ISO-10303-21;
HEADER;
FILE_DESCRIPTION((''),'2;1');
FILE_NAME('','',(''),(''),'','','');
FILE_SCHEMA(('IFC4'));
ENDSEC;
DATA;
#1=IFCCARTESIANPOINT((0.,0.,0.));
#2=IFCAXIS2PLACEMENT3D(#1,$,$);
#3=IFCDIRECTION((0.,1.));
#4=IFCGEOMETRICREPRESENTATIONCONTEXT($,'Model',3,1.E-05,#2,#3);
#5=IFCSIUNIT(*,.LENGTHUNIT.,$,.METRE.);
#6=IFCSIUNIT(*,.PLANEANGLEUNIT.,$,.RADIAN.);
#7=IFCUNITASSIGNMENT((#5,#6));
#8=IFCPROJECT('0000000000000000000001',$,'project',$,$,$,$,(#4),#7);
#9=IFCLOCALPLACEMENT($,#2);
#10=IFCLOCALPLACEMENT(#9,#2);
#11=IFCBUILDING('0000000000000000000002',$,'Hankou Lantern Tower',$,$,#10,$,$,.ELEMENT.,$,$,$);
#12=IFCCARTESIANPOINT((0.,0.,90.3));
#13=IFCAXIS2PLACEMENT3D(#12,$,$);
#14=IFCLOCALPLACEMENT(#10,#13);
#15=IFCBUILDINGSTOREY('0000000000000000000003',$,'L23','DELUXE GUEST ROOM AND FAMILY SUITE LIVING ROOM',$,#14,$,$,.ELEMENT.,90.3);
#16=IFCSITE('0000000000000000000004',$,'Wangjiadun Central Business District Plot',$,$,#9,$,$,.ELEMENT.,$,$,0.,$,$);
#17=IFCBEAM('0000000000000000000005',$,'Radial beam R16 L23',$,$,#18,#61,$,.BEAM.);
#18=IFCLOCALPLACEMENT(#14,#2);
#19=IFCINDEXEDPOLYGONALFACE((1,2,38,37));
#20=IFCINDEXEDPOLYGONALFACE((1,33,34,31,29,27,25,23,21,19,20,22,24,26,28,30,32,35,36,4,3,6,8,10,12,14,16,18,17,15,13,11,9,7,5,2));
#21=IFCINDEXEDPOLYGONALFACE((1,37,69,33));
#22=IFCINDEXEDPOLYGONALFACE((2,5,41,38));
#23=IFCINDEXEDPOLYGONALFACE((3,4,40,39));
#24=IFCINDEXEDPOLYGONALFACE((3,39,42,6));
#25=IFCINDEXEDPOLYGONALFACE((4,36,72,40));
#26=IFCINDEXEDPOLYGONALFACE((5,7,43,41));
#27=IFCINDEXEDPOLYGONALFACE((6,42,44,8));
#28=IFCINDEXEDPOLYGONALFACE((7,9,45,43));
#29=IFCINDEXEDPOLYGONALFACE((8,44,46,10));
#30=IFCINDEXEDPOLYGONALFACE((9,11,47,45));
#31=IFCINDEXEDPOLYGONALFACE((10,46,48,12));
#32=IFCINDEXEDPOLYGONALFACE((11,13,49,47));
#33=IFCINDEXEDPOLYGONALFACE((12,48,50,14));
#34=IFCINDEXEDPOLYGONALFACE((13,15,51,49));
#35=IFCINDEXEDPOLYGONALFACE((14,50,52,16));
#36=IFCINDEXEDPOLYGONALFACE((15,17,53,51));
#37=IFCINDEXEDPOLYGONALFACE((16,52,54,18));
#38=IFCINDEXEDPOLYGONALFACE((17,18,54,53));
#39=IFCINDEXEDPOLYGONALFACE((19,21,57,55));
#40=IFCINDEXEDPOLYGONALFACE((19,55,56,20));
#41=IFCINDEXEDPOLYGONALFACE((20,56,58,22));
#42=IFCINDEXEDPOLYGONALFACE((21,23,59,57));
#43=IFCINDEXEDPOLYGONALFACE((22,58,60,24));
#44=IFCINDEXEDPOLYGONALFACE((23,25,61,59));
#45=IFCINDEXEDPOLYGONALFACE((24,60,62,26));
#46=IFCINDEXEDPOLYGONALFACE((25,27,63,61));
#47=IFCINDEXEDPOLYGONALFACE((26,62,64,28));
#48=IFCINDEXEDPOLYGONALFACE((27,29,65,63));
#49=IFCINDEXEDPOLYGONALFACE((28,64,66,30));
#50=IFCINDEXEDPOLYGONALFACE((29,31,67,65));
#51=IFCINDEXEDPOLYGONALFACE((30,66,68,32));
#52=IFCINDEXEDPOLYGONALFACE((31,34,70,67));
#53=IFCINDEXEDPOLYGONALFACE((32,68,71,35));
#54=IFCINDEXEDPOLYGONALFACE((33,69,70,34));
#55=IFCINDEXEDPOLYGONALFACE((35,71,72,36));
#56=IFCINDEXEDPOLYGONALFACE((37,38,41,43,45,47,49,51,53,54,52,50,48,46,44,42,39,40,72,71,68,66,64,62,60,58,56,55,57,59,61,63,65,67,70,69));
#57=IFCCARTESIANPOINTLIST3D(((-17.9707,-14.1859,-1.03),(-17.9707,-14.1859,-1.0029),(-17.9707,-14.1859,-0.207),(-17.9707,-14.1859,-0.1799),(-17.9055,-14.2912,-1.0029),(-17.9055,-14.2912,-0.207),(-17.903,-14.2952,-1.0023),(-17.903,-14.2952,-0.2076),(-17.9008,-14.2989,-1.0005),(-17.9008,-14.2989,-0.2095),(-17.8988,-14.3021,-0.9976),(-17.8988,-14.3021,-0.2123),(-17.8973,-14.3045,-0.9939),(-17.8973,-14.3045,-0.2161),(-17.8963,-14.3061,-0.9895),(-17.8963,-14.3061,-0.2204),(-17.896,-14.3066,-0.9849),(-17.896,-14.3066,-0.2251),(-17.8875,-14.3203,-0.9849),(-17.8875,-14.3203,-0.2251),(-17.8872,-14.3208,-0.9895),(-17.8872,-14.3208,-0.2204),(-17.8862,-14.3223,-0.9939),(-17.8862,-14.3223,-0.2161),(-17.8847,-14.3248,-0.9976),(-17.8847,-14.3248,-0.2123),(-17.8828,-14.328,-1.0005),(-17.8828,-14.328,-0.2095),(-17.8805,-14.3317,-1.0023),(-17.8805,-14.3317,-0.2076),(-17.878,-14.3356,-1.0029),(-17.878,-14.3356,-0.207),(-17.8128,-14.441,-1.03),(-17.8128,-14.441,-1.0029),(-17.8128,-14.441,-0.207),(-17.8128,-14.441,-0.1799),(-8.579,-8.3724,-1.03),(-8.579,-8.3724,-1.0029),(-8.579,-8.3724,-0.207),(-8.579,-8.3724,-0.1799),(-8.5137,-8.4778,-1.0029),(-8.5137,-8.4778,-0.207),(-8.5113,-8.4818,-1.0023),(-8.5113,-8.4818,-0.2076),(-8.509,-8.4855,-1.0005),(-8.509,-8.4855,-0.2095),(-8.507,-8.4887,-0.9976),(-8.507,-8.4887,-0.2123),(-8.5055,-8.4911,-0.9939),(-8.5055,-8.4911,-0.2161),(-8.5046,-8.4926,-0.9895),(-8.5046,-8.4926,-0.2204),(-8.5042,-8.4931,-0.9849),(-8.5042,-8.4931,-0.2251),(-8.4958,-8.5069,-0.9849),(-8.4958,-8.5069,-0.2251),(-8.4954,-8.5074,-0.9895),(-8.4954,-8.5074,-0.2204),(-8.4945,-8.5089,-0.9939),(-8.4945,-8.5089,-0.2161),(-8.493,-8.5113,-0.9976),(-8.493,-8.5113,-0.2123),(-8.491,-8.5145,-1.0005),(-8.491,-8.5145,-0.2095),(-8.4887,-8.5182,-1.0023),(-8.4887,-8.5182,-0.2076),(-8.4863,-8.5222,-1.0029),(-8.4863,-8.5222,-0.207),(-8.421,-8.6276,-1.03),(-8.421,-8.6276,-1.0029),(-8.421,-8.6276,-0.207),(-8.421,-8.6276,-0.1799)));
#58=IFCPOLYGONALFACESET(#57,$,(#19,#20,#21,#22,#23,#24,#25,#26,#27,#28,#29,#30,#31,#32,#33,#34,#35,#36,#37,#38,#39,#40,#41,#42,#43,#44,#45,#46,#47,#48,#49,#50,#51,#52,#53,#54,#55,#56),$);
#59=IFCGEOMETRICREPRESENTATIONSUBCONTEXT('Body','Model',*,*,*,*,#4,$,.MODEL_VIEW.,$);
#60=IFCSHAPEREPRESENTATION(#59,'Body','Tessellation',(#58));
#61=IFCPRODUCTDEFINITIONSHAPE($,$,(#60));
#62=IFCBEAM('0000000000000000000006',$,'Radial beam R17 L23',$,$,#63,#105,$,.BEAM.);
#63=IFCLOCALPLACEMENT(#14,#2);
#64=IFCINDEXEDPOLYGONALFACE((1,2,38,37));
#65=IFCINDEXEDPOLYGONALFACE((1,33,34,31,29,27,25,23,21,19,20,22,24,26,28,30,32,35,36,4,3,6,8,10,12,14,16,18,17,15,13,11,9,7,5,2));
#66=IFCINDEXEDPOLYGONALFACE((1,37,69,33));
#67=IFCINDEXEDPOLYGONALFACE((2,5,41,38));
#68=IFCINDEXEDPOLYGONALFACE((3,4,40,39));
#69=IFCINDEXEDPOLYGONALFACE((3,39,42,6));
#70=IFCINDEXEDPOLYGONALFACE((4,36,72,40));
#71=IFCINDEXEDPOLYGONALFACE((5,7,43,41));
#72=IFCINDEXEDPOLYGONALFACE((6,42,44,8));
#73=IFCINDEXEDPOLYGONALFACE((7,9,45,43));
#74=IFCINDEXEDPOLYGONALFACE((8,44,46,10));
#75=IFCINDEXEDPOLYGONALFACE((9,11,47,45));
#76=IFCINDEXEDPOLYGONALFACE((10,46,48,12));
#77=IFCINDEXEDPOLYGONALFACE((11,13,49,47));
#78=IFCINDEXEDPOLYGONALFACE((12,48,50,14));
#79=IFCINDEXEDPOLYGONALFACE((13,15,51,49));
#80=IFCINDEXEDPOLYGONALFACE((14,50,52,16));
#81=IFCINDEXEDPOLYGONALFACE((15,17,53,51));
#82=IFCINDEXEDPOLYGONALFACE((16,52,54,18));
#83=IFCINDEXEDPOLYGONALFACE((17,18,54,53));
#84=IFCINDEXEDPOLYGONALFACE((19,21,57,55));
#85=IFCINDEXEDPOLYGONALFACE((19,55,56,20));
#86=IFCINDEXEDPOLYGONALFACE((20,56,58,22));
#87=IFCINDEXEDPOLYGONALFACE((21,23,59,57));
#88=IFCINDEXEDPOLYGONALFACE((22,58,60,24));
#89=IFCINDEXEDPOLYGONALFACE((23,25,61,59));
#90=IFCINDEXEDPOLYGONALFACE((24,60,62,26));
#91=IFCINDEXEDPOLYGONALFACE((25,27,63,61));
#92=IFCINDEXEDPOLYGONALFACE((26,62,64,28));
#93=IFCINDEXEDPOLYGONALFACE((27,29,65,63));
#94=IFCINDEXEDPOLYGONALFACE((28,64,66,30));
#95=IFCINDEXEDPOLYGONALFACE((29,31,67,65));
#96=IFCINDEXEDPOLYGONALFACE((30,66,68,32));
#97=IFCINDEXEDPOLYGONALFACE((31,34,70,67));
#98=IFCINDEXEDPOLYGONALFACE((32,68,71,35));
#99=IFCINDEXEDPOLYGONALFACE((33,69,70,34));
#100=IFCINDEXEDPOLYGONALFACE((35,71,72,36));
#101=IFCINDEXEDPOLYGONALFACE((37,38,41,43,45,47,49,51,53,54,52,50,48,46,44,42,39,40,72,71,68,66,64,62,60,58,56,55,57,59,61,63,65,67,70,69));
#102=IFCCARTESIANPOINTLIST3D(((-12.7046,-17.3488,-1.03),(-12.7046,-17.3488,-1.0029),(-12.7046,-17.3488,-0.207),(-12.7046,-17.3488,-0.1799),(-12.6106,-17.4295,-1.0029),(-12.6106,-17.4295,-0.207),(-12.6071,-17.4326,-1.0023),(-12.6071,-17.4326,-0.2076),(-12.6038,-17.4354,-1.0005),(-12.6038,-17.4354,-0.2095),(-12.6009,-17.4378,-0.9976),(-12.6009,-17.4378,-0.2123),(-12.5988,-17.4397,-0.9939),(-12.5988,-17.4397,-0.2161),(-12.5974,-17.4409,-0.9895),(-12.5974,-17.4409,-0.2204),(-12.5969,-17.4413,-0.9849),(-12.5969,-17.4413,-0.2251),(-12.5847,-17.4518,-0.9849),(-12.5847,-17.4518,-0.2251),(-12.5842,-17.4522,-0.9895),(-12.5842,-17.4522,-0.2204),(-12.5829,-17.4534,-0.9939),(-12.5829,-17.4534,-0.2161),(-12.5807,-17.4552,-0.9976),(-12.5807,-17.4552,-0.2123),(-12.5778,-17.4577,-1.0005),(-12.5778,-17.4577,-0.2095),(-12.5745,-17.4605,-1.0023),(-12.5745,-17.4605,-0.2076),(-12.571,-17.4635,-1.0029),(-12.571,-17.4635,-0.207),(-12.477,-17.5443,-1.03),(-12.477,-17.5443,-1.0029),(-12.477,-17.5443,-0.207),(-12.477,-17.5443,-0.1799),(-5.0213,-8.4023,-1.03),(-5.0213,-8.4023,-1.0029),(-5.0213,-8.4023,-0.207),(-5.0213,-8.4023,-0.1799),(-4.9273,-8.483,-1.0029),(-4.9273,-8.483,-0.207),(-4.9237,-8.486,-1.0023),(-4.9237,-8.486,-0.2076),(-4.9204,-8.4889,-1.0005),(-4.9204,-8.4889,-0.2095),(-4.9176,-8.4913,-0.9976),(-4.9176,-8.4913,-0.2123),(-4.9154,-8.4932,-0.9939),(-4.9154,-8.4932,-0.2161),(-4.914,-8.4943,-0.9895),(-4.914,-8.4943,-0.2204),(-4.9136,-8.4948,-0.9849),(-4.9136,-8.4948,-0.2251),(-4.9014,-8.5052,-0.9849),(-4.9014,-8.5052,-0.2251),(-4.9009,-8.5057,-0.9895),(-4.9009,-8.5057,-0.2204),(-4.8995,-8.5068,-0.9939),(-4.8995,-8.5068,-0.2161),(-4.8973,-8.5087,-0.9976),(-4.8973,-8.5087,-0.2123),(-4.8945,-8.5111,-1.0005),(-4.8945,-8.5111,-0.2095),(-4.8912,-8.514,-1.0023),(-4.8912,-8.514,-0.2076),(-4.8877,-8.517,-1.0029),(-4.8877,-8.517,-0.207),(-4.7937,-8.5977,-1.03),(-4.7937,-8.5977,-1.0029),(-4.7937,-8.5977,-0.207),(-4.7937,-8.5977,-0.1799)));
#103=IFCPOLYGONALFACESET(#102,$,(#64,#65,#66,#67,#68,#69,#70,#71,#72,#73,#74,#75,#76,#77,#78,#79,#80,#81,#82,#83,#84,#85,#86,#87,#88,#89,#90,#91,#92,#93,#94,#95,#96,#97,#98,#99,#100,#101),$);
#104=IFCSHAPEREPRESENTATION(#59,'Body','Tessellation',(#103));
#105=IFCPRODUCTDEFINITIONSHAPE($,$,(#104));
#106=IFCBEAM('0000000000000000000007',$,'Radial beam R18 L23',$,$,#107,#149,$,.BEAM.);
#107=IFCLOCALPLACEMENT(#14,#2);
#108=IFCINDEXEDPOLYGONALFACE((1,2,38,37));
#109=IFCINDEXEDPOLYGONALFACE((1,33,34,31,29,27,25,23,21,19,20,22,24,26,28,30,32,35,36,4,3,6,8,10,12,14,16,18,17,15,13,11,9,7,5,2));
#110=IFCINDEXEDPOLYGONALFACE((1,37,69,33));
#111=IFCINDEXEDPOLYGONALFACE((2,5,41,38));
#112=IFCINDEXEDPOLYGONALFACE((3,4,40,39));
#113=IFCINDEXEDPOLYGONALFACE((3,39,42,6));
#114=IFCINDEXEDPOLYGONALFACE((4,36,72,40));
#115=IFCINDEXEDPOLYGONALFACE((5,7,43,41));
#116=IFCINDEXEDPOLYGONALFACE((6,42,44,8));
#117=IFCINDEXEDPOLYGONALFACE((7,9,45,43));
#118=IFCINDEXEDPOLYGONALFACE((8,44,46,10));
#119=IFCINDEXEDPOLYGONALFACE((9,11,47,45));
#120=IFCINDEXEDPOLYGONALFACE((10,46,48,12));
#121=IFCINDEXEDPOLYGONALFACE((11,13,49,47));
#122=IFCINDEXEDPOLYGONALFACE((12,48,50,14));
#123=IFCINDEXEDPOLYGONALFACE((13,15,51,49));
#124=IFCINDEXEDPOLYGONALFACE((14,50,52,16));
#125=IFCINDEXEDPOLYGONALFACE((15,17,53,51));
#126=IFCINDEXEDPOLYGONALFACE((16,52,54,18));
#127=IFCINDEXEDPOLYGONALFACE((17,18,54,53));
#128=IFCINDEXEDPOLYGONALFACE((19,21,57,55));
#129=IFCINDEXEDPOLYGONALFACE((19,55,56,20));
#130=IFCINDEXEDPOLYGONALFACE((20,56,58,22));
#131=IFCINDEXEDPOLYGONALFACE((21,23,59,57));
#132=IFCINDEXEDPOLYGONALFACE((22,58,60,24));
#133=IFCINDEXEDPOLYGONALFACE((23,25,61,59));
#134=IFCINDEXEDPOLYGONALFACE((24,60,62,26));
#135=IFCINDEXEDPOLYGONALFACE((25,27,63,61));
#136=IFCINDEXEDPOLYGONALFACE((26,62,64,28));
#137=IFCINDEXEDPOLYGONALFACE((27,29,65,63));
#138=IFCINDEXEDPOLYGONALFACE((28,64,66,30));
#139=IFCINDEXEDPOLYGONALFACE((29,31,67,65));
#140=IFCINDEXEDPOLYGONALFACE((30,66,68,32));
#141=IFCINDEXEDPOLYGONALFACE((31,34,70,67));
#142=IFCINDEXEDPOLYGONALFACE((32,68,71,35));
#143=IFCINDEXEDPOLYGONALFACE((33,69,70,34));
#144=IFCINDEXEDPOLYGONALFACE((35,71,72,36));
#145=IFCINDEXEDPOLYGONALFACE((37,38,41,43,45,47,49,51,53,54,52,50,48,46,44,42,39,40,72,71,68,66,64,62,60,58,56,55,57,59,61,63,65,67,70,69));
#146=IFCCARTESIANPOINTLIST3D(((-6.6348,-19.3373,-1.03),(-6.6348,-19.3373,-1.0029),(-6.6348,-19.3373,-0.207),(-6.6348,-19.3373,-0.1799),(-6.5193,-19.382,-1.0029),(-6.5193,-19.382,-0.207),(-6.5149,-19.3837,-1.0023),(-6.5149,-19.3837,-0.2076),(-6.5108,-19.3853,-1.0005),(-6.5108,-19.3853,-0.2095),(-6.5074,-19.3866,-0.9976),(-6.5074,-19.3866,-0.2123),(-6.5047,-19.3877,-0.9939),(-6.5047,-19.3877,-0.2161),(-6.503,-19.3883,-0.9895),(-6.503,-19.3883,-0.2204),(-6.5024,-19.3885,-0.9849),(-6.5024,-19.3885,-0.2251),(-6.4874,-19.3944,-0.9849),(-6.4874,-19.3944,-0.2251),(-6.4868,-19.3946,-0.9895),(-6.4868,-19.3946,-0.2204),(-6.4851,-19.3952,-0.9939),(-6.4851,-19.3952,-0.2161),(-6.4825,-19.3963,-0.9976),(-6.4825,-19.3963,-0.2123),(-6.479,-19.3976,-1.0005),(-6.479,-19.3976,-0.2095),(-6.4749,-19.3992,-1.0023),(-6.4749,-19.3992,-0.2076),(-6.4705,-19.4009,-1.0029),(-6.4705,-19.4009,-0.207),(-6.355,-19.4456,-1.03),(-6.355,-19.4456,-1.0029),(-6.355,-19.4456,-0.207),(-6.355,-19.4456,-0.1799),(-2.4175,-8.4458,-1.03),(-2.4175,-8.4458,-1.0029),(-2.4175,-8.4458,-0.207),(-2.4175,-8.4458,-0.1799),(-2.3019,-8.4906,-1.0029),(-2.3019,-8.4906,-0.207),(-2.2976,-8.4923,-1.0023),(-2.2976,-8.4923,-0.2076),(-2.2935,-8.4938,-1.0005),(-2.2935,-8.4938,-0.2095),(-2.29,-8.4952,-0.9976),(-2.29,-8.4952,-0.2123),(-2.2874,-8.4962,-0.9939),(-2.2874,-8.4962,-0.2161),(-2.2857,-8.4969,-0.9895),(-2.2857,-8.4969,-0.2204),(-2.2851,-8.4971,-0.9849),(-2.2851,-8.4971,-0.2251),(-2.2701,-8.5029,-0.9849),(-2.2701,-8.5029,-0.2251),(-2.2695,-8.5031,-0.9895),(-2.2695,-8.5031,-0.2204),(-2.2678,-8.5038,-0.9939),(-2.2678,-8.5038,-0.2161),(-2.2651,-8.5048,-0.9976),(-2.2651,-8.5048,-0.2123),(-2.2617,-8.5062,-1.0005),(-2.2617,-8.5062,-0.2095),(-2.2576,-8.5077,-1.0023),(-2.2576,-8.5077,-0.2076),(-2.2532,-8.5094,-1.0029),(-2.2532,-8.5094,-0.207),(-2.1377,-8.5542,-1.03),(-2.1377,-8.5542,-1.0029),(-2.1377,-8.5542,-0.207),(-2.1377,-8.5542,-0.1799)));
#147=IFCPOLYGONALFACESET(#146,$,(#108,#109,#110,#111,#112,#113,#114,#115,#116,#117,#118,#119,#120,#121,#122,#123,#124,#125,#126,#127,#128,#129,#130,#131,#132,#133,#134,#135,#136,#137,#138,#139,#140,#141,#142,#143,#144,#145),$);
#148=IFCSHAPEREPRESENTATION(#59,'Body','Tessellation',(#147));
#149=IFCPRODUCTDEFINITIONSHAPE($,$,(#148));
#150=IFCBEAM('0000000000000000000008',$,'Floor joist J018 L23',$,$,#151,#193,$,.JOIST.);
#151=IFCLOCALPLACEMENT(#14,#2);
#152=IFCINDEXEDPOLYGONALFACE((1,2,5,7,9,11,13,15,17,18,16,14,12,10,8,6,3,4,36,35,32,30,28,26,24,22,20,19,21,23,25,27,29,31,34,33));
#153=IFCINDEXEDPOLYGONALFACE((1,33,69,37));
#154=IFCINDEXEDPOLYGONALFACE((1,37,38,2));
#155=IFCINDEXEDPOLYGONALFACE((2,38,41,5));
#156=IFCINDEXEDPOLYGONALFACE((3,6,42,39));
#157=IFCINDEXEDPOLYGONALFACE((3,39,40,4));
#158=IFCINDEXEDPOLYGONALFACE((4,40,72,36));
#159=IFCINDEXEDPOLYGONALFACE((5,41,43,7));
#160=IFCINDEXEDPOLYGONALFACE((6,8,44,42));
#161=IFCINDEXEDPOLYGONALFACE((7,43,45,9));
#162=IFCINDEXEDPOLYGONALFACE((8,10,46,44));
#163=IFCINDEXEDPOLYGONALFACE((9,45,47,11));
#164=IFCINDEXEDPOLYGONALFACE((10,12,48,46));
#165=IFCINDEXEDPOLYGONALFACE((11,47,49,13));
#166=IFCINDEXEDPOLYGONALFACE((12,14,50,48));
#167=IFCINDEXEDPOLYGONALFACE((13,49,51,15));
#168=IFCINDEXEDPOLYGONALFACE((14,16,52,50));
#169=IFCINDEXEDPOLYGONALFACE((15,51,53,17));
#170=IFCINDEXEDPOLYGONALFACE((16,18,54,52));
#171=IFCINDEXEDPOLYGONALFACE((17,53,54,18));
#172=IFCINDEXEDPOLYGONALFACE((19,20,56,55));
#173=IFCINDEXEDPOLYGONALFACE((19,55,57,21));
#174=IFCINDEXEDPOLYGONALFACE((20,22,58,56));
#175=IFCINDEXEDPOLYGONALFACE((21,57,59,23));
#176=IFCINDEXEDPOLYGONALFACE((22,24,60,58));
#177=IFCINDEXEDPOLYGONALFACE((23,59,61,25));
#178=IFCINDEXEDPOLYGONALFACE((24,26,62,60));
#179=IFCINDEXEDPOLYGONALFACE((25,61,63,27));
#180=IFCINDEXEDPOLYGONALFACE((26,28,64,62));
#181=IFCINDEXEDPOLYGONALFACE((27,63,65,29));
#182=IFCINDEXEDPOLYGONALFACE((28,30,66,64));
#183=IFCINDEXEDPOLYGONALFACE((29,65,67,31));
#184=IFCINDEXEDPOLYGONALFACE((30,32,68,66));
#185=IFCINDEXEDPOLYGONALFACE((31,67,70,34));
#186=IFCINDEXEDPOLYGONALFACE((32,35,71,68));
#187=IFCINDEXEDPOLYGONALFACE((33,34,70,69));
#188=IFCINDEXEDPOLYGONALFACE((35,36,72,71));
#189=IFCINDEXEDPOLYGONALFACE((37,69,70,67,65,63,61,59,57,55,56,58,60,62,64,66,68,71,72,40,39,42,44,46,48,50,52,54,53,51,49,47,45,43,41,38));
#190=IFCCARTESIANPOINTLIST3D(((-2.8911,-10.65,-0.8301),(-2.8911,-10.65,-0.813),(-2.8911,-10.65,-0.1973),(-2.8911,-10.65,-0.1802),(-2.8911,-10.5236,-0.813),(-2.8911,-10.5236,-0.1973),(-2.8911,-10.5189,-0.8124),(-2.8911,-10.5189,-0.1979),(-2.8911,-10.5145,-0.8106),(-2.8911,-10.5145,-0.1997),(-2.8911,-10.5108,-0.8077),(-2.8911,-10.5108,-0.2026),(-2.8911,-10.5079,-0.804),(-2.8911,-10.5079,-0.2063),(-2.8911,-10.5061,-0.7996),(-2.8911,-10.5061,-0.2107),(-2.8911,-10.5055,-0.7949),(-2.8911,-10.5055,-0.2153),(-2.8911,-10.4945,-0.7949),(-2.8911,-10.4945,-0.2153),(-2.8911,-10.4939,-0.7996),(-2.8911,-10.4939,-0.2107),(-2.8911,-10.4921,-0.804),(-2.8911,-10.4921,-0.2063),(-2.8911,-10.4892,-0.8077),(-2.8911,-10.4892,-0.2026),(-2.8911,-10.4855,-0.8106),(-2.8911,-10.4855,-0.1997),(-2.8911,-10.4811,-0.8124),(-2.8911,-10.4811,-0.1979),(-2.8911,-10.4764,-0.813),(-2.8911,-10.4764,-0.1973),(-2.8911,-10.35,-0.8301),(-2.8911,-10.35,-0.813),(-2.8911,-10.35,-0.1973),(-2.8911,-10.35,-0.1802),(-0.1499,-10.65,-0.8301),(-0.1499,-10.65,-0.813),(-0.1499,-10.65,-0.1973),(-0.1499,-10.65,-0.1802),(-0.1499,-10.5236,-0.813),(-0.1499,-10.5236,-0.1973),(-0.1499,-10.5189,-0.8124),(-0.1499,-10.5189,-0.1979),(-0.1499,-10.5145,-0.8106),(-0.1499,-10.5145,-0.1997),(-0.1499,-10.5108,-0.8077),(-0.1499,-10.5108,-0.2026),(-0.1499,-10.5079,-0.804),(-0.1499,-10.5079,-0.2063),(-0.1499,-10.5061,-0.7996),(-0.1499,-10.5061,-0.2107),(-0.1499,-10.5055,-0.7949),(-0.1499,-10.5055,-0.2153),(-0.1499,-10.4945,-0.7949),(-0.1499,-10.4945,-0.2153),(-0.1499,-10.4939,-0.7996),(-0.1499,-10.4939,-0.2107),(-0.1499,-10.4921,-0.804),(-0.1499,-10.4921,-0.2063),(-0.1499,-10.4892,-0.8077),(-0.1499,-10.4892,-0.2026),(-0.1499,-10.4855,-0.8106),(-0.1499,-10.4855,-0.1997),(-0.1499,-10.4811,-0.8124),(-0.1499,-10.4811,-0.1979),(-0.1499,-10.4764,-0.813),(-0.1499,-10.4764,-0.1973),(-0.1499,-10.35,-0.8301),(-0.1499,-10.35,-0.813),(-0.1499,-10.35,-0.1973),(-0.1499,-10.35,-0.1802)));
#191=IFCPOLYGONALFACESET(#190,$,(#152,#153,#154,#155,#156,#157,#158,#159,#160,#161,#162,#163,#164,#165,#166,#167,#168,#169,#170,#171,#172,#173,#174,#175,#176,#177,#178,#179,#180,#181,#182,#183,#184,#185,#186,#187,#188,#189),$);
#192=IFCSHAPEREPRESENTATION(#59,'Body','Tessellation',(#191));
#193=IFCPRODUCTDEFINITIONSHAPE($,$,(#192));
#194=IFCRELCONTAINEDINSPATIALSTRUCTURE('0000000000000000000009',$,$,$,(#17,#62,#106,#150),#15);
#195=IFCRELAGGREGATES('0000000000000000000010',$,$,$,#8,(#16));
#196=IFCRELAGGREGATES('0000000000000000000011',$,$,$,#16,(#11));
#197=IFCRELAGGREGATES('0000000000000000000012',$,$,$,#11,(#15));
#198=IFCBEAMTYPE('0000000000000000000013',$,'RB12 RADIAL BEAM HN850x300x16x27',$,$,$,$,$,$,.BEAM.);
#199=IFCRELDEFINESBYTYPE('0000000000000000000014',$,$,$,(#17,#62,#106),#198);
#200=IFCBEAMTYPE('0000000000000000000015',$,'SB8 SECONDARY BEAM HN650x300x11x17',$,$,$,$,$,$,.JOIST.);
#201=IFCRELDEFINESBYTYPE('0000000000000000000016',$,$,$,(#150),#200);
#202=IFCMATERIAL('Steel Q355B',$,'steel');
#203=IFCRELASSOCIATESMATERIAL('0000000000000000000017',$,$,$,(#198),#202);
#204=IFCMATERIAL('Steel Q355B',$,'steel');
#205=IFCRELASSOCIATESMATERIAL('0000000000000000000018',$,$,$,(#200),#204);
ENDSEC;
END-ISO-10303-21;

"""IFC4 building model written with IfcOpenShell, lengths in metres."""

from ifc_helpers import new_model, si_unit, direction, frame, origin, origin_2d, place, context, subcontext, project, spatial, i_section, extrude, material, material_profile, profile_set, type_object, element, save


model = new_model("IFC4")

# Units and contexts
model_context = context("Model", 3, precision=1e-05, world=origin(), true_north=direction((0.0, 1.0)))
body_context = subcontext(model_context, "Body", "Model", "MODEL_VIEW")
ifc_project = project(units=[si_unit("LENGTHUNIT", "METRE"), si_unit("PLANEANGLEUNIT", "RADIAN")], contexts=[model_context])

# Site, building, storey
site_placement = place(None, origin())
site = spatial("IfcSite", under=ifc_project, at=site_placement, Name="Wangjiadun Central Business District Plot", CompositionType="ELEMENT", RefElevation=0.0)
building_placement = place(site_placement, origin())
building = spatial("IfcBuilding", under=site, at=building_placement, Name="Hankou Lantern Tower", CompositionType="ELEMENT")
storey_placement = place(building_placement, frame((0.0, 0.0, 90.3)))
storey = spatial("IfcBuildingStorey", under=building, at=storey_placement, Name="L23", Description="DELUXE GUEST ROOM AND FAMILY SUITE LIVING ROOM", CompositionType="ELEMENT", Elevation=90.3)

# Beams
ifc_material_1 = material(Name="Steel Q355B", Category="steel")
ifc_material_profile_1 = material_profile(ifc_material_1, i_section(OverallWidth=0.3, OverallDepth=0.8501, WebThickness=0.0161, FlangeThickness=0.0271, FilletRadius=0.0181, at=origin_2d()), Name="HN850x300x16x27")
ifc_profile_set_1 = profile_set([ifc_material_profile_1], Name="Steel Q355B")
beam_type_1 = type_object("IfcBeamType", Name="RB12 RADIAL BEAM HN850x300x16x27", PredefinedType="BEAM", material=ifc_profile_set_1)
beam_1_placement = place(storey_placement, frame((-8.5, -8.5, -0.605), z_axis=(-0.850286, -0.52632, 0.0), x_axis=(0.52632, -0.850286, 0.0)))
element("IfcBeam", 1, at=beam_1_placement, inside=storey, type_object=beam_type_1, Name="Radial beam R16 L23", PredefinedType="BEAM", context=body_context, shape_type="SweptSolid", body=[
    extrude(i_section(OverallWidth=0.3, OverallDepth=0.8501, WebThickness=0.0161, FlangeThickness=0.0271, FilletRadius=0.0181, at=origin_2d()), origin(), (0.0, 0.0, 1.0), 11.0454),
])
beam_2_placement = place(storey_placement, frame((-4.9075, -8.5, -0.605), z_axis=(-0.651519, -0.758632, 0.0), x_axis=(0.758632, -0.651519, 0.0)))
element("IfcBeam", 2, at=beam_2_placement, inside=storey, type_object=beam_type_1, Name="Radial beam R17 L23", PredefinedType="BEAM", context=body_context, shape_type="SweptSolid", body=[
    extrude(i_section(OverallWidth=0.3, OverallDepth=0.8501, WebThickness=0.0161, FlangeThickness=0.0271, FilletRadius=0.0181, at=origin_2d()), origin(), (0.0, 0.0, 1.0), 11.793),
])
beam_3_placement = place(storey_placement, frame((-2.2776, -8.5, -0.605), z_axis=(-0.361089, -0.932531, 0.0), x_axis=(0.932531, -0.361089, 0.0)))
element("IfcBeam", 3, at=beam_3_placement, inside=storey, type_object=beam_type_1, Name="Radial beam R18 L23", PredefinedType="BEAM", context=body_context, shape_type="SweptSolid", body=[
    extrude(i_section(OverallWidth=0.3, OverallDepth=0.8501, WebThickness=0.0161, FlangeThickness=0.0271, FilletRadius=0.0181, at=origin_2d()), origin(), (0.0, 0.0, 1.0), 11.6794),
])
ifc_material_2 = material(Name="Steel Q355B", Category="steel")
ifc_material_profile_2 = material_profile(ifc_material_2, i_section(OverallWidth=0.3, OverallDepth=0.6499, WebThickness=0.011, FlangeThickness=0.0171, FilletRadius=0.0181, at=origin_2d()), Name="HN650x300x11x17")
ifc_profile_set_2 = profile_set([ifc_material_profile_2], Name="Steel Q355B")
beam_type_2 = type_object("IfcBeamType", Name="SB8 SECONDARY BEAM HN650x300x11x17", PredefinedType="JOIST", material=ifc_profile_set_2)
beam_4_placement = place(storey_placement, frame((-2.8911, -10.5, -0.5051), z_axis=(1.0, 0.0, 0.0), x_axis=(0.0, 1.0, 0.0)))
element("IfcBeam", 4, at=beam_4_placement, inside=storey, type_object=beam_type_2, Name="Floor joist J018 L23", PredefinedType="JOIST", context=body_context, shape_type="SweptSolid", body=[
    extrude(i_section(OverallWidth=0.3, OverallDepth=0.6499, WebThickness=0.011, FlangeThickness=0.0171, FilletRadius=0.0181, at=origin_2d()), origin(), (0.0, 0.0, 1.0), 2.7412),
])

save(model, "model.ifc")
